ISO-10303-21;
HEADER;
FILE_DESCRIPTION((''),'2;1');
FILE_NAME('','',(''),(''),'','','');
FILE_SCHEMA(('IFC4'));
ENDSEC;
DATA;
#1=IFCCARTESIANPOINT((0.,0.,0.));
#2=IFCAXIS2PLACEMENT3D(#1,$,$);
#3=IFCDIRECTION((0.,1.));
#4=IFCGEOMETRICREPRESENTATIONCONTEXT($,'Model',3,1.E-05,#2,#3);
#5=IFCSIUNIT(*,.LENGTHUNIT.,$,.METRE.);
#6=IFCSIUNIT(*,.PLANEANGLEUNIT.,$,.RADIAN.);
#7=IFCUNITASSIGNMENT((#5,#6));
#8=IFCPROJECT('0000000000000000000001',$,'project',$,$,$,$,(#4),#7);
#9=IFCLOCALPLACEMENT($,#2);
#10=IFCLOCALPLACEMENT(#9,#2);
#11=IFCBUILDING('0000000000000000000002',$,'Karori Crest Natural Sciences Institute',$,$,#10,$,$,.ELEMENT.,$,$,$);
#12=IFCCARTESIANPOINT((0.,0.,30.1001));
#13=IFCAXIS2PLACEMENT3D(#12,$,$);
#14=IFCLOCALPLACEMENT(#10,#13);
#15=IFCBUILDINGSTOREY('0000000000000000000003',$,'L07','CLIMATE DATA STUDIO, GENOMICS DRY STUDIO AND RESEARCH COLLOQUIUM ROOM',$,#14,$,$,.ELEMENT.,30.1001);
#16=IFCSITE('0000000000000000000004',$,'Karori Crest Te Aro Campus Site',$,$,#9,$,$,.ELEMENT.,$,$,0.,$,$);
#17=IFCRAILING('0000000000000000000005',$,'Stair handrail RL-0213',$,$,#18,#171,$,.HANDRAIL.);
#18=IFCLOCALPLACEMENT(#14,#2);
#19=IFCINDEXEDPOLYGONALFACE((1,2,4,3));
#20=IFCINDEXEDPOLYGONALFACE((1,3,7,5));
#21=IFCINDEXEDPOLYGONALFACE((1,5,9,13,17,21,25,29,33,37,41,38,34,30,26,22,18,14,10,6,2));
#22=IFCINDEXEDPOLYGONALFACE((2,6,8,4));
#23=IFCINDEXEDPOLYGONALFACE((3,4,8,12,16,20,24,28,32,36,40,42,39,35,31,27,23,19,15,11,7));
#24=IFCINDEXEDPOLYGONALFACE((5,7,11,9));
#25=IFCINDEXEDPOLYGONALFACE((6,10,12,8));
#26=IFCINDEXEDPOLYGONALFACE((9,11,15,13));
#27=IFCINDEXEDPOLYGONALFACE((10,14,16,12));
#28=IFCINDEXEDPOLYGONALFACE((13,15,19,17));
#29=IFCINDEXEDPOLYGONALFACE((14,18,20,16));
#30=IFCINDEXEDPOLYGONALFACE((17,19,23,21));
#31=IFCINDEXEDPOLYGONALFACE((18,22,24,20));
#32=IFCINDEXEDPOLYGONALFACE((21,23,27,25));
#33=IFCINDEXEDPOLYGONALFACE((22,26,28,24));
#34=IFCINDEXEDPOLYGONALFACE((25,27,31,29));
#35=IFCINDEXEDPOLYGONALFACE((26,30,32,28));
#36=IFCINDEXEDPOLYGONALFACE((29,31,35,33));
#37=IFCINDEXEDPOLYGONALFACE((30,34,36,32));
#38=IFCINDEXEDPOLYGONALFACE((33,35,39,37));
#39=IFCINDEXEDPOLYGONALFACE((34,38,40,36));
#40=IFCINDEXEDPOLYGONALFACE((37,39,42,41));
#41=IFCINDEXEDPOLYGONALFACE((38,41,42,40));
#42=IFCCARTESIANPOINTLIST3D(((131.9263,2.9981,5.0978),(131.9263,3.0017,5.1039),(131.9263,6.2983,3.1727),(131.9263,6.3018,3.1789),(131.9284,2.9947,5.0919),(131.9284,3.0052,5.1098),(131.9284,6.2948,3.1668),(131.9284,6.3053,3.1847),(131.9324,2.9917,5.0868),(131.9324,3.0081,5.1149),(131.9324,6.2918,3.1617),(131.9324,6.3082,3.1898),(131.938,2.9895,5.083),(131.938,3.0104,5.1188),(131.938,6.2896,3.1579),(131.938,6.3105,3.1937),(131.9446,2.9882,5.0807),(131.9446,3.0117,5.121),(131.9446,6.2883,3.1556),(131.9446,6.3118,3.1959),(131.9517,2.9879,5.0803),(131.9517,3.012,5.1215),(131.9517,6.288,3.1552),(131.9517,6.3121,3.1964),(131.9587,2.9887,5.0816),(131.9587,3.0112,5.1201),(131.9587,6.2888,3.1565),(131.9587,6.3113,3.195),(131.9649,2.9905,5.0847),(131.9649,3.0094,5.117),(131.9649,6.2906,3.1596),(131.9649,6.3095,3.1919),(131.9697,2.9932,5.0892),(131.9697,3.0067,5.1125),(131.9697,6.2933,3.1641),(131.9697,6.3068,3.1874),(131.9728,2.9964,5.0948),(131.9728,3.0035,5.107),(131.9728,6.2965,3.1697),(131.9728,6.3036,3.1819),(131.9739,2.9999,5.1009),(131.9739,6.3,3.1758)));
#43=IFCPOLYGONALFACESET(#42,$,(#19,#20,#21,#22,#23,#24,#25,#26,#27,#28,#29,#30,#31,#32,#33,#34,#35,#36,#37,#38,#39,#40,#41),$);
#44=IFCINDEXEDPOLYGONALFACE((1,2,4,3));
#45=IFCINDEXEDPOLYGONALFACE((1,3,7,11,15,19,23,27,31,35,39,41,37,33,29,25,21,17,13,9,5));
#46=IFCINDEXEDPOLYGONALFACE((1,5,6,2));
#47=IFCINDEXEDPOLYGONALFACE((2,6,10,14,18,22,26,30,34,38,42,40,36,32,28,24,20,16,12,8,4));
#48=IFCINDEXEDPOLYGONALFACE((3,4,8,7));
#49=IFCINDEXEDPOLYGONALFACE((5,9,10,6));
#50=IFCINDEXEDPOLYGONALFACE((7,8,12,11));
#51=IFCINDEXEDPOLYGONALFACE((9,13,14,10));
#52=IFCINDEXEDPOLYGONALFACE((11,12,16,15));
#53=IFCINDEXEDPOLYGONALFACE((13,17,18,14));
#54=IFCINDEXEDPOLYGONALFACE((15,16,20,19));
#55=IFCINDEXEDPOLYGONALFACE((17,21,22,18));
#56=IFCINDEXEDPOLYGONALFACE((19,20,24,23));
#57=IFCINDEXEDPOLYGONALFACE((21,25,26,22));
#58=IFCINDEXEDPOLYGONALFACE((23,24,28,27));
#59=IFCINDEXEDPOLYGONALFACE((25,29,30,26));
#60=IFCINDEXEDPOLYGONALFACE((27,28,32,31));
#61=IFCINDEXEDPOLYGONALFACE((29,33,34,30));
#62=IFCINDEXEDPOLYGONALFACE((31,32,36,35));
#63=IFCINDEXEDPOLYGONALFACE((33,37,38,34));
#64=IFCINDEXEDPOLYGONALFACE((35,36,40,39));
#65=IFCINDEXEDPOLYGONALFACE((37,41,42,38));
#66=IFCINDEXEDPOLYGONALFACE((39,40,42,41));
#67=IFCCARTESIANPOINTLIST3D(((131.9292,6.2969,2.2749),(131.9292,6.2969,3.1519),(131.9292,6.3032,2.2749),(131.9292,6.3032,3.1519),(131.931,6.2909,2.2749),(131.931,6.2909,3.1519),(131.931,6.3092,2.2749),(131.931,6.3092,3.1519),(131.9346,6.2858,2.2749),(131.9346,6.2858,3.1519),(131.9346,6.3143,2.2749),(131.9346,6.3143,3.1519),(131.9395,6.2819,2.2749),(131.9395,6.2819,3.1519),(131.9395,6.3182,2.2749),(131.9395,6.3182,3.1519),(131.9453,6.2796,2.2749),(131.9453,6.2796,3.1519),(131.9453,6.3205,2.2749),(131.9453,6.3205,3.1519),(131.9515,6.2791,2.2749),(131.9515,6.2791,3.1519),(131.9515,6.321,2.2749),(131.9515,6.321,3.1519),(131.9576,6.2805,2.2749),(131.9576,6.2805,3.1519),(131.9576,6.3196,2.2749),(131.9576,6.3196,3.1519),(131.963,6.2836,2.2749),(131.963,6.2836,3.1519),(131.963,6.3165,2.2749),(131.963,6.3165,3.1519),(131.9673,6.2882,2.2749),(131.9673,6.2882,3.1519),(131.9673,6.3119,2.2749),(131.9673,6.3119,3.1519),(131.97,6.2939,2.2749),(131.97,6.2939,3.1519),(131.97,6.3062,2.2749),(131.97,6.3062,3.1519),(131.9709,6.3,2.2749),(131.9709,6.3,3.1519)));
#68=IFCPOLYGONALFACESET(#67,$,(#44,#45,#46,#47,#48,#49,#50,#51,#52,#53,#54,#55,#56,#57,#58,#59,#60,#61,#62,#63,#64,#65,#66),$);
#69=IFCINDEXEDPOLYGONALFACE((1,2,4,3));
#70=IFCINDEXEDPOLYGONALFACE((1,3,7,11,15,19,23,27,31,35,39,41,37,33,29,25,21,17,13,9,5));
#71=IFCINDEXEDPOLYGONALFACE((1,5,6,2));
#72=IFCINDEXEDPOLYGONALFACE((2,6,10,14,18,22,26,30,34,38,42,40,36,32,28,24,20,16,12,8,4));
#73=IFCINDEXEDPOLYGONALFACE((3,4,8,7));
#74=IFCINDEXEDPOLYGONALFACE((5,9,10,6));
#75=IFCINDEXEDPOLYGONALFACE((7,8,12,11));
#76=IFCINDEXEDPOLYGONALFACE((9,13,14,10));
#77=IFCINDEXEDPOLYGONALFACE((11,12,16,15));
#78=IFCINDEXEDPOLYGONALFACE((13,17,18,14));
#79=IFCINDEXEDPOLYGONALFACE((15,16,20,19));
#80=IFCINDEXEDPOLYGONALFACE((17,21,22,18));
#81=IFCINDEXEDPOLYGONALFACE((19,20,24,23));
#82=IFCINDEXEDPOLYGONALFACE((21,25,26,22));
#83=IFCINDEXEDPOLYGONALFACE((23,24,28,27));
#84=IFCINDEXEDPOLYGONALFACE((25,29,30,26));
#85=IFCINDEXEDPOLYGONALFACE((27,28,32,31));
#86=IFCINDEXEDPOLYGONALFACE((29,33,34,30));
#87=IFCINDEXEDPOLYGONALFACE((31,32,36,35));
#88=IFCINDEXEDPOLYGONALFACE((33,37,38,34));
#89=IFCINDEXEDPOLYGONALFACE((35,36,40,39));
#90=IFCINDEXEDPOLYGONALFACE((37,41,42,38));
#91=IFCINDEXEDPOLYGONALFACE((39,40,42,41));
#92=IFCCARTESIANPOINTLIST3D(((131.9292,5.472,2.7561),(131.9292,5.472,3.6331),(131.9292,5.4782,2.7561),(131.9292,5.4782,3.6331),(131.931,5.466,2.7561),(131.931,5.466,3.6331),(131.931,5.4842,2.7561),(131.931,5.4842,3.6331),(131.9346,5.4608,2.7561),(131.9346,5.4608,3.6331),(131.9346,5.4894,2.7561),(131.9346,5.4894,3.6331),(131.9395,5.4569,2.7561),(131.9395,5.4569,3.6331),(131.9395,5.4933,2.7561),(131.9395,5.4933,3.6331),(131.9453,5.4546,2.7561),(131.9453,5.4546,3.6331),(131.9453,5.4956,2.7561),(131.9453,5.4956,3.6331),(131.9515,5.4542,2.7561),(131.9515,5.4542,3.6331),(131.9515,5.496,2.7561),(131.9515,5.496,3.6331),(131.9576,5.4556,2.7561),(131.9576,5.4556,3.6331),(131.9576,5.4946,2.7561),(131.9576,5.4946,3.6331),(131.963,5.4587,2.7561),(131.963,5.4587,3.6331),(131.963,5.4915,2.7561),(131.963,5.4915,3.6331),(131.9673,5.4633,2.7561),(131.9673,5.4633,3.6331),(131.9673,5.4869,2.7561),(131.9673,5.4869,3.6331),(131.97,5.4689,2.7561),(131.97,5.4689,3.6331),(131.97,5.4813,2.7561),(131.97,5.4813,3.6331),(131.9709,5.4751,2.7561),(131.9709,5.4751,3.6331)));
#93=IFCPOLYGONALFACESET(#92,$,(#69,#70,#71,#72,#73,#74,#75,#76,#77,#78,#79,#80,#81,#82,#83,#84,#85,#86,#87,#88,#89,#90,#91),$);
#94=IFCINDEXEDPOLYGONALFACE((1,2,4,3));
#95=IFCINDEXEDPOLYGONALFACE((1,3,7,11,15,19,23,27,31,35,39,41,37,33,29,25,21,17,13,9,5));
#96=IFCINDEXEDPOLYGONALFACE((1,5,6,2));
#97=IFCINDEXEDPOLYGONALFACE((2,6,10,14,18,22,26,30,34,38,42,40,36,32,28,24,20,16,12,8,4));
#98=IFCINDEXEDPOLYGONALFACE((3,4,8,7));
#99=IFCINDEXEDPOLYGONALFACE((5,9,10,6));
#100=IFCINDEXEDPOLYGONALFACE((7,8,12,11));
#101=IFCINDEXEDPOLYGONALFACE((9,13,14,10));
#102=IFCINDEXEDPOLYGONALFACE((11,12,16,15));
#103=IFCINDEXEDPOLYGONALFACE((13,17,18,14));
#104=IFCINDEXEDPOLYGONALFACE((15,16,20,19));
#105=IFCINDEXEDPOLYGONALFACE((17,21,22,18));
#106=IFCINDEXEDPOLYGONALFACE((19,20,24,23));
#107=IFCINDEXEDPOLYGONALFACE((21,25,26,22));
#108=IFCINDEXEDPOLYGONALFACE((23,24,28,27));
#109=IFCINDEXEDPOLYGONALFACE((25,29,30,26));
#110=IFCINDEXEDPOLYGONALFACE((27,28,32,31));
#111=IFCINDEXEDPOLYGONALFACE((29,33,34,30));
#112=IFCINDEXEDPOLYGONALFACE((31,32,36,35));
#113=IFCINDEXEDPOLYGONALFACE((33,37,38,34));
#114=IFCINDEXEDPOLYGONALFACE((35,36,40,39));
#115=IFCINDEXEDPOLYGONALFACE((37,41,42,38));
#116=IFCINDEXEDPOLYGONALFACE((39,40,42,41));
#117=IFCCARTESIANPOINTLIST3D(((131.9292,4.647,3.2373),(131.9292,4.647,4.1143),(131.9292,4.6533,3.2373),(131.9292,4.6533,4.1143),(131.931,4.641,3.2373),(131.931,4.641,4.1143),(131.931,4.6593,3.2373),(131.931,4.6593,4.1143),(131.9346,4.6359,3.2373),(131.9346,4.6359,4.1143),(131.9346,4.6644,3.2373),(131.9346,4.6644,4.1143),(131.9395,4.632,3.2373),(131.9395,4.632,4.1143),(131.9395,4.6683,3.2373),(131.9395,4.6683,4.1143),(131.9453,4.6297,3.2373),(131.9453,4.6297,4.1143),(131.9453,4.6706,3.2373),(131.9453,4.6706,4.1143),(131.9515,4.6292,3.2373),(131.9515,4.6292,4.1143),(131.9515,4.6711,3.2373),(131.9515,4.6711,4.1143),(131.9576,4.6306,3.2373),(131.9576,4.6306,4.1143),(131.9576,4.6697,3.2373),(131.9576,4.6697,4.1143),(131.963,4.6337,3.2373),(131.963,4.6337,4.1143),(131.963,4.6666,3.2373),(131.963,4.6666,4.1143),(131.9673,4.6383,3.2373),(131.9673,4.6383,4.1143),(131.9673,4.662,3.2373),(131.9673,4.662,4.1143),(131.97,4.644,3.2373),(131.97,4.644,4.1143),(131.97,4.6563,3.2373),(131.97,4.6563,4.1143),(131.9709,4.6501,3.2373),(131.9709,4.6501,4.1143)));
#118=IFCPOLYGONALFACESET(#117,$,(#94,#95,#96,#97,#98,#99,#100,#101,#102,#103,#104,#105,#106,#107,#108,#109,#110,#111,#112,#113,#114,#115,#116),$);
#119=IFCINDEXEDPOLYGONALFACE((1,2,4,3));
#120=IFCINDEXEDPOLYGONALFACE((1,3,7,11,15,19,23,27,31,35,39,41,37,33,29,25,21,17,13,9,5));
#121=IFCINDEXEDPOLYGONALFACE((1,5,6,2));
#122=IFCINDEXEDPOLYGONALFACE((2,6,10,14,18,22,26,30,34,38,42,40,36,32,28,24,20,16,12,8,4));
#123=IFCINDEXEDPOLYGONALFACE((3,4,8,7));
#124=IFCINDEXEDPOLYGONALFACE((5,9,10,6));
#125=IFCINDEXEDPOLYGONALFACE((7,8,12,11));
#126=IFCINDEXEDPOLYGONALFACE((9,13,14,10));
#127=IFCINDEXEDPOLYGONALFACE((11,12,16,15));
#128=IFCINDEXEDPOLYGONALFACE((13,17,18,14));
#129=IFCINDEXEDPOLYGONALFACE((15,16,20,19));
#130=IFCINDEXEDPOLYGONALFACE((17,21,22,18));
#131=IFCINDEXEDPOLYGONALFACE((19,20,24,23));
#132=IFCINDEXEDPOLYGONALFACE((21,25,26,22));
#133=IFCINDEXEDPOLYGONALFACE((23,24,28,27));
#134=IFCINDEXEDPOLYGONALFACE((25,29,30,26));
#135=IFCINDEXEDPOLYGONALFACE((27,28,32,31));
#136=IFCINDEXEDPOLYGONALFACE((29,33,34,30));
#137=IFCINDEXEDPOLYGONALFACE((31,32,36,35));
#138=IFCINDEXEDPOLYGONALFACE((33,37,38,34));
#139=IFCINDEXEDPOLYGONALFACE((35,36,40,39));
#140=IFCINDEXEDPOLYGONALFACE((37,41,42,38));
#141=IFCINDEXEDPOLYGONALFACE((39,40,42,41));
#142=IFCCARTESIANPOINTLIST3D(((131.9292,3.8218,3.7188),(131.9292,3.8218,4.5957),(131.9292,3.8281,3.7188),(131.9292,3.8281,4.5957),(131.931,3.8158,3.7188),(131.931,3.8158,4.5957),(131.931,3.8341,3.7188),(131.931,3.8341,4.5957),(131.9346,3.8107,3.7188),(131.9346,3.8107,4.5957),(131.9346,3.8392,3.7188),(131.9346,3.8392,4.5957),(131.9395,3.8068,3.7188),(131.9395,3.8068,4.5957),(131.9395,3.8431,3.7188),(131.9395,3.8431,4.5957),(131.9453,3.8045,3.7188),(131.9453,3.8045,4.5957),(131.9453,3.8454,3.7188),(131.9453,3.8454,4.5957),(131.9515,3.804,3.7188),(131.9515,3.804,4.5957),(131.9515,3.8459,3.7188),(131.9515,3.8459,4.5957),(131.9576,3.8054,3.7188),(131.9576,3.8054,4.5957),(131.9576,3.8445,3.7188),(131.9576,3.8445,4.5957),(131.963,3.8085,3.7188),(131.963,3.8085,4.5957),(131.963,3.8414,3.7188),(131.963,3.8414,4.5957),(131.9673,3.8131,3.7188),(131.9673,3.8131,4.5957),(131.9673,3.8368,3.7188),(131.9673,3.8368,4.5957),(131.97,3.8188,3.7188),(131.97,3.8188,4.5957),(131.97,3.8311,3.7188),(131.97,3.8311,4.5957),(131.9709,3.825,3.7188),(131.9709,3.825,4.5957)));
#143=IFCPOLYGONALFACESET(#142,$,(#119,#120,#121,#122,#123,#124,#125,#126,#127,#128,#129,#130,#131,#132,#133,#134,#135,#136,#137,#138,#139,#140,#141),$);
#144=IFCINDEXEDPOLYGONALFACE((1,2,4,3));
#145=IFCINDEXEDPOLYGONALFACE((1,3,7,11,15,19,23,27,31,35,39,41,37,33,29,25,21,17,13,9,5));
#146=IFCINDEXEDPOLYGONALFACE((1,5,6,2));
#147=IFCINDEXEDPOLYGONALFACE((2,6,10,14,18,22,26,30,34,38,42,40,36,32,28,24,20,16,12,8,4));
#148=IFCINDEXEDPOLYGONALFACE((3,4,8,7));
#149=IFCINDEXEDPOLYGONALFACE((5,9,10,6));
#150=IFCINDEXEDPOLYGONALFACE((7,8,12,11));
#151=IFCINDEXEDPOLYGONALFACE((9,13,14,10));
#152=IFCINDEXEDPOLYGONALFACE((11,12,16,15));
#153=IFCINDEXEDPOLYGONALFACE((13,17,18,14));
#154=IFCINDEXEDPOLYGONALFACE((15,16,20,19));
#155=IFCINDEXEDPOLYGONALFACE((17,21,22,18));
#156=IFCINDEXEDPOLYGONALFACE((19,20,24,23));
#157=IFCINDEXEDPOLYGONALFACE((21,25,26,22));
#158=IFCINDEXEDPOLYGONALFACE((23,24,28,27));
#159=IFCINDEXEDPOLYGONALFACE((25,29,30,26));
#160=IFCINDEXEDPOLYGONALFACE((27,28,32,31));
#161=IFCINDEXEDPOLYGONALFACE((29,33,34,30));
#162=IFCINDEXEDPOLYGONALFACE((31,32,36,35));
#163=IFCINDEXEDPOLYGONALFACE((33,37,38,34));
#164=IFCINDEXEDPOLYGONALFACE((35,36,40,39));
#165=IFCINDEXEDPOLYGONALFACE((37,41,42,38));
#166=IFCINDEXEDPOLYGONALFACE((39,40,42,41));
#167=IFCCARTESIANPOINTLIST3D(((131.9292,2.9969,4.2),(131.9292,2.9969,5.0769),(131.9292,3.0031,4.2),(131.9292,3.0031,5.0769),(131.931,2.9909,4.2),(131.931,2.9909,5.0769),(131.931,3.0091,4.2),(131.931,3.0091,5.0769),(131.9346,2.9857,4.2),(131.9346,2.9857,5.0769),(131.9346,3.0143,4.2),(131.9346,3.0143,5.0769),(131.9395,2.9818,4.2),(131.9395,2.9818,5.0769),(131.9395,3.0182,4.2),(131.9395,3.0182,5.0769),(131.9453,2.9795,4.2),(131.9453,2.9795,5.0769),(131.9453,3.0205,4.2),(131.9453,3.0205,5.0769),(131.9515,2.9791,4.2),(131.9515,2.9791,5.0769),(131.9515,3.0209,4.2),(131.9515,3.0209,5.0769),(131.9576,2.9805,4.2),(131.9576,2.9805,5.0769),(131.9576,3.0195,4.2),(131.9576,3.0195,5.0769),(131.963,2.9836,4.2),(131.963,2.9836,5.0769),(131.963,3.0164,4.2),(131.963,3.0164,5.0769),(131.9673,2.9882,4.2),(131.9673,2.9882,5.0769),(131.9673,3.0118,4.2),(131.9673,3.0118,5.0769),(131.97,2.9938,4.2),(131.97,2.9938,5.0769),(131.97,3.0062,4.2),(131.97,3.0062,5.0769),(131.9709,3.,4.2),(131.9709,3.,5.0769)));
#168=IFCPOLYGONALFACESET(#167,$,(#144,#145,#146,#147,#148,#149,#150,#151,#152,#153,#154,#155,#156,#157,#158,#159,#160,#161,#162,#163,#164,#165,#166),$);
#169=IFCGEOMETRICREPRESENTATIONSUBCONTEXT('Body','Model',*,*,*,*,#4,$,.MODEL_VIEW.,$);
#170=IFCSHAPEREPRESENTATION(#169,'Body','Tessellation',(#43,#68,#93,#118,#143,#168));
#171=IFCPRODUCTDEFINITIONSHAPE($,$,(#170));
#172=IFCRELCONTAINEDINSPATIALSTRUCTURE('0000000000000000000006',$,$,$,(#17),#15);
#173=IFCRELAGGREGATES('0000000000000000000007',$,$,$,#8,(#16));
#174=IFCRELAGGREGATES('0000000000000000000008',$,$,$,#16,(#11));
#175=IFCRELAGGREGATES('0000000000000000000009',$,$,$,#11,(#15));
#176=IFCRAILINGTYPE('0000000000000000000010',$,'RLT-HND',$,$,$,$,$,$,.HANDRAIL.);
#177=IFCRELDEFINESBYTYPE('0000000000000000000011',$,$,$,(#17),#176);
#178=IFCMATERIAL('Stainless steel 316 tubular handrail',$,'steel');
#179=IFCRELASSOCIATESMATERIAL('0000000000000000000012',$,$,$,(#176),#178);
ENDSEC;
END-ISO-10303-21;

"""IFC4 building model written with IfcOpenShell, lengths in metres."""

from ifc_helpers import new_model, si_unit, direction, frame, origin, origin_2d, place, context, subcontext, project, spatial, circle, extrude, material, type_object, element, save


model = new_model("IFC4")

# Units and contexts
model_context = context("Model", 3, precision=1e-05, world=origin(), true_north=direction((0.0, 1.0)))
body_context = subcontext(model_context, "Body", "Model", "MODEL_VIEW")
ifc_project = project(units=[si_unit("LENGTHUNIT", "METRE"), si_unit("PLANEANGLEUNIT", "RADIAN")], contexts=[model_context])

# Site, building, storey
site_placement = place(None, origin())
site = spatial("IfcSite", under=ifc_project, at=site_placement, Name="Karori Crest Te Aro Campus Site", CompositionType="ELEMENT", RefElevation=0.0)
building_placement = place(site_placement, origin())
building = spatial("IfcBuilding", under=site, at=building_placement, Name="Karori Crest Natural Sciences Institute", CompositionType="ELEMENT")
storey_placement = place(building_placement, frame((0.0, 0.0, 30.1001)))
storey = spatial("IfcBuildingStorey", under=building, at=storey_placement, Name="L07", Description="CLIMATE DATA STUDIO, GENOMICS DRY STUDIO AND RESEARCH COLLOQUIUM ROOM", CompositionType="ELEMENT", Elevation=30.1001)

# Railing
ifc_material_1 = material(Name="Stainless steel 316 tubular handrail", Category="steel")
railing_type_1 = type_object("IfcRailingType", Name="RLT-HND", PredefinedType="HANDRAIL", material=ifc_material_1)
railing_1_placement = place(storey_placement, frame((131.95, 6.3, 2.2749)))
element("IfcRailing", 1, at=railing_1_placement, inside=storey, type_object=railing_type_1, Name="Stair handrail RL-0213", PredefinedType="HANDRAIL", context=body_context, shape_type="SweptSolid", body=[
    extrude(circle(Radius=0.0239, at=origin_2d()), frame((0.0, 0.0, 0.9009), z_axis=(0.0, -0.863777, 0.503875), x_axis=(1.0, 0.0, 0.0)), (0.0, 0.0, 1.0), 3.8206),
    extrude(circle(Radius=0.021, at=origin_2d()), origin(), (0.0, 0.0, 1.0), 0.877),
    extrude(circle(Radius=0.021, at=origin_2d()), frame((0.0, -0.825, 0.4812)), (0.0, 0.0, 1.0), 0.877),
    extrude(circle(Radius=0.021, at=origin_2d()), frame((0.0, -1.6499, 0.9624)), (0.0, 0.0, 1.0), 0.877),
    extrude(circle(Radius=0.021, at=origin_2d()), frame((0.0, -2.4751, 1.4438)), (0.0, 0.0, 1.0), 0.877),
    extrude(circle(Radius=0.021, at=origin_2d()), frame((0.0, -3.3, 1.925)), (0.0, 0.0, 1.0), 0.877),
])

save(model, "model.ifc")
